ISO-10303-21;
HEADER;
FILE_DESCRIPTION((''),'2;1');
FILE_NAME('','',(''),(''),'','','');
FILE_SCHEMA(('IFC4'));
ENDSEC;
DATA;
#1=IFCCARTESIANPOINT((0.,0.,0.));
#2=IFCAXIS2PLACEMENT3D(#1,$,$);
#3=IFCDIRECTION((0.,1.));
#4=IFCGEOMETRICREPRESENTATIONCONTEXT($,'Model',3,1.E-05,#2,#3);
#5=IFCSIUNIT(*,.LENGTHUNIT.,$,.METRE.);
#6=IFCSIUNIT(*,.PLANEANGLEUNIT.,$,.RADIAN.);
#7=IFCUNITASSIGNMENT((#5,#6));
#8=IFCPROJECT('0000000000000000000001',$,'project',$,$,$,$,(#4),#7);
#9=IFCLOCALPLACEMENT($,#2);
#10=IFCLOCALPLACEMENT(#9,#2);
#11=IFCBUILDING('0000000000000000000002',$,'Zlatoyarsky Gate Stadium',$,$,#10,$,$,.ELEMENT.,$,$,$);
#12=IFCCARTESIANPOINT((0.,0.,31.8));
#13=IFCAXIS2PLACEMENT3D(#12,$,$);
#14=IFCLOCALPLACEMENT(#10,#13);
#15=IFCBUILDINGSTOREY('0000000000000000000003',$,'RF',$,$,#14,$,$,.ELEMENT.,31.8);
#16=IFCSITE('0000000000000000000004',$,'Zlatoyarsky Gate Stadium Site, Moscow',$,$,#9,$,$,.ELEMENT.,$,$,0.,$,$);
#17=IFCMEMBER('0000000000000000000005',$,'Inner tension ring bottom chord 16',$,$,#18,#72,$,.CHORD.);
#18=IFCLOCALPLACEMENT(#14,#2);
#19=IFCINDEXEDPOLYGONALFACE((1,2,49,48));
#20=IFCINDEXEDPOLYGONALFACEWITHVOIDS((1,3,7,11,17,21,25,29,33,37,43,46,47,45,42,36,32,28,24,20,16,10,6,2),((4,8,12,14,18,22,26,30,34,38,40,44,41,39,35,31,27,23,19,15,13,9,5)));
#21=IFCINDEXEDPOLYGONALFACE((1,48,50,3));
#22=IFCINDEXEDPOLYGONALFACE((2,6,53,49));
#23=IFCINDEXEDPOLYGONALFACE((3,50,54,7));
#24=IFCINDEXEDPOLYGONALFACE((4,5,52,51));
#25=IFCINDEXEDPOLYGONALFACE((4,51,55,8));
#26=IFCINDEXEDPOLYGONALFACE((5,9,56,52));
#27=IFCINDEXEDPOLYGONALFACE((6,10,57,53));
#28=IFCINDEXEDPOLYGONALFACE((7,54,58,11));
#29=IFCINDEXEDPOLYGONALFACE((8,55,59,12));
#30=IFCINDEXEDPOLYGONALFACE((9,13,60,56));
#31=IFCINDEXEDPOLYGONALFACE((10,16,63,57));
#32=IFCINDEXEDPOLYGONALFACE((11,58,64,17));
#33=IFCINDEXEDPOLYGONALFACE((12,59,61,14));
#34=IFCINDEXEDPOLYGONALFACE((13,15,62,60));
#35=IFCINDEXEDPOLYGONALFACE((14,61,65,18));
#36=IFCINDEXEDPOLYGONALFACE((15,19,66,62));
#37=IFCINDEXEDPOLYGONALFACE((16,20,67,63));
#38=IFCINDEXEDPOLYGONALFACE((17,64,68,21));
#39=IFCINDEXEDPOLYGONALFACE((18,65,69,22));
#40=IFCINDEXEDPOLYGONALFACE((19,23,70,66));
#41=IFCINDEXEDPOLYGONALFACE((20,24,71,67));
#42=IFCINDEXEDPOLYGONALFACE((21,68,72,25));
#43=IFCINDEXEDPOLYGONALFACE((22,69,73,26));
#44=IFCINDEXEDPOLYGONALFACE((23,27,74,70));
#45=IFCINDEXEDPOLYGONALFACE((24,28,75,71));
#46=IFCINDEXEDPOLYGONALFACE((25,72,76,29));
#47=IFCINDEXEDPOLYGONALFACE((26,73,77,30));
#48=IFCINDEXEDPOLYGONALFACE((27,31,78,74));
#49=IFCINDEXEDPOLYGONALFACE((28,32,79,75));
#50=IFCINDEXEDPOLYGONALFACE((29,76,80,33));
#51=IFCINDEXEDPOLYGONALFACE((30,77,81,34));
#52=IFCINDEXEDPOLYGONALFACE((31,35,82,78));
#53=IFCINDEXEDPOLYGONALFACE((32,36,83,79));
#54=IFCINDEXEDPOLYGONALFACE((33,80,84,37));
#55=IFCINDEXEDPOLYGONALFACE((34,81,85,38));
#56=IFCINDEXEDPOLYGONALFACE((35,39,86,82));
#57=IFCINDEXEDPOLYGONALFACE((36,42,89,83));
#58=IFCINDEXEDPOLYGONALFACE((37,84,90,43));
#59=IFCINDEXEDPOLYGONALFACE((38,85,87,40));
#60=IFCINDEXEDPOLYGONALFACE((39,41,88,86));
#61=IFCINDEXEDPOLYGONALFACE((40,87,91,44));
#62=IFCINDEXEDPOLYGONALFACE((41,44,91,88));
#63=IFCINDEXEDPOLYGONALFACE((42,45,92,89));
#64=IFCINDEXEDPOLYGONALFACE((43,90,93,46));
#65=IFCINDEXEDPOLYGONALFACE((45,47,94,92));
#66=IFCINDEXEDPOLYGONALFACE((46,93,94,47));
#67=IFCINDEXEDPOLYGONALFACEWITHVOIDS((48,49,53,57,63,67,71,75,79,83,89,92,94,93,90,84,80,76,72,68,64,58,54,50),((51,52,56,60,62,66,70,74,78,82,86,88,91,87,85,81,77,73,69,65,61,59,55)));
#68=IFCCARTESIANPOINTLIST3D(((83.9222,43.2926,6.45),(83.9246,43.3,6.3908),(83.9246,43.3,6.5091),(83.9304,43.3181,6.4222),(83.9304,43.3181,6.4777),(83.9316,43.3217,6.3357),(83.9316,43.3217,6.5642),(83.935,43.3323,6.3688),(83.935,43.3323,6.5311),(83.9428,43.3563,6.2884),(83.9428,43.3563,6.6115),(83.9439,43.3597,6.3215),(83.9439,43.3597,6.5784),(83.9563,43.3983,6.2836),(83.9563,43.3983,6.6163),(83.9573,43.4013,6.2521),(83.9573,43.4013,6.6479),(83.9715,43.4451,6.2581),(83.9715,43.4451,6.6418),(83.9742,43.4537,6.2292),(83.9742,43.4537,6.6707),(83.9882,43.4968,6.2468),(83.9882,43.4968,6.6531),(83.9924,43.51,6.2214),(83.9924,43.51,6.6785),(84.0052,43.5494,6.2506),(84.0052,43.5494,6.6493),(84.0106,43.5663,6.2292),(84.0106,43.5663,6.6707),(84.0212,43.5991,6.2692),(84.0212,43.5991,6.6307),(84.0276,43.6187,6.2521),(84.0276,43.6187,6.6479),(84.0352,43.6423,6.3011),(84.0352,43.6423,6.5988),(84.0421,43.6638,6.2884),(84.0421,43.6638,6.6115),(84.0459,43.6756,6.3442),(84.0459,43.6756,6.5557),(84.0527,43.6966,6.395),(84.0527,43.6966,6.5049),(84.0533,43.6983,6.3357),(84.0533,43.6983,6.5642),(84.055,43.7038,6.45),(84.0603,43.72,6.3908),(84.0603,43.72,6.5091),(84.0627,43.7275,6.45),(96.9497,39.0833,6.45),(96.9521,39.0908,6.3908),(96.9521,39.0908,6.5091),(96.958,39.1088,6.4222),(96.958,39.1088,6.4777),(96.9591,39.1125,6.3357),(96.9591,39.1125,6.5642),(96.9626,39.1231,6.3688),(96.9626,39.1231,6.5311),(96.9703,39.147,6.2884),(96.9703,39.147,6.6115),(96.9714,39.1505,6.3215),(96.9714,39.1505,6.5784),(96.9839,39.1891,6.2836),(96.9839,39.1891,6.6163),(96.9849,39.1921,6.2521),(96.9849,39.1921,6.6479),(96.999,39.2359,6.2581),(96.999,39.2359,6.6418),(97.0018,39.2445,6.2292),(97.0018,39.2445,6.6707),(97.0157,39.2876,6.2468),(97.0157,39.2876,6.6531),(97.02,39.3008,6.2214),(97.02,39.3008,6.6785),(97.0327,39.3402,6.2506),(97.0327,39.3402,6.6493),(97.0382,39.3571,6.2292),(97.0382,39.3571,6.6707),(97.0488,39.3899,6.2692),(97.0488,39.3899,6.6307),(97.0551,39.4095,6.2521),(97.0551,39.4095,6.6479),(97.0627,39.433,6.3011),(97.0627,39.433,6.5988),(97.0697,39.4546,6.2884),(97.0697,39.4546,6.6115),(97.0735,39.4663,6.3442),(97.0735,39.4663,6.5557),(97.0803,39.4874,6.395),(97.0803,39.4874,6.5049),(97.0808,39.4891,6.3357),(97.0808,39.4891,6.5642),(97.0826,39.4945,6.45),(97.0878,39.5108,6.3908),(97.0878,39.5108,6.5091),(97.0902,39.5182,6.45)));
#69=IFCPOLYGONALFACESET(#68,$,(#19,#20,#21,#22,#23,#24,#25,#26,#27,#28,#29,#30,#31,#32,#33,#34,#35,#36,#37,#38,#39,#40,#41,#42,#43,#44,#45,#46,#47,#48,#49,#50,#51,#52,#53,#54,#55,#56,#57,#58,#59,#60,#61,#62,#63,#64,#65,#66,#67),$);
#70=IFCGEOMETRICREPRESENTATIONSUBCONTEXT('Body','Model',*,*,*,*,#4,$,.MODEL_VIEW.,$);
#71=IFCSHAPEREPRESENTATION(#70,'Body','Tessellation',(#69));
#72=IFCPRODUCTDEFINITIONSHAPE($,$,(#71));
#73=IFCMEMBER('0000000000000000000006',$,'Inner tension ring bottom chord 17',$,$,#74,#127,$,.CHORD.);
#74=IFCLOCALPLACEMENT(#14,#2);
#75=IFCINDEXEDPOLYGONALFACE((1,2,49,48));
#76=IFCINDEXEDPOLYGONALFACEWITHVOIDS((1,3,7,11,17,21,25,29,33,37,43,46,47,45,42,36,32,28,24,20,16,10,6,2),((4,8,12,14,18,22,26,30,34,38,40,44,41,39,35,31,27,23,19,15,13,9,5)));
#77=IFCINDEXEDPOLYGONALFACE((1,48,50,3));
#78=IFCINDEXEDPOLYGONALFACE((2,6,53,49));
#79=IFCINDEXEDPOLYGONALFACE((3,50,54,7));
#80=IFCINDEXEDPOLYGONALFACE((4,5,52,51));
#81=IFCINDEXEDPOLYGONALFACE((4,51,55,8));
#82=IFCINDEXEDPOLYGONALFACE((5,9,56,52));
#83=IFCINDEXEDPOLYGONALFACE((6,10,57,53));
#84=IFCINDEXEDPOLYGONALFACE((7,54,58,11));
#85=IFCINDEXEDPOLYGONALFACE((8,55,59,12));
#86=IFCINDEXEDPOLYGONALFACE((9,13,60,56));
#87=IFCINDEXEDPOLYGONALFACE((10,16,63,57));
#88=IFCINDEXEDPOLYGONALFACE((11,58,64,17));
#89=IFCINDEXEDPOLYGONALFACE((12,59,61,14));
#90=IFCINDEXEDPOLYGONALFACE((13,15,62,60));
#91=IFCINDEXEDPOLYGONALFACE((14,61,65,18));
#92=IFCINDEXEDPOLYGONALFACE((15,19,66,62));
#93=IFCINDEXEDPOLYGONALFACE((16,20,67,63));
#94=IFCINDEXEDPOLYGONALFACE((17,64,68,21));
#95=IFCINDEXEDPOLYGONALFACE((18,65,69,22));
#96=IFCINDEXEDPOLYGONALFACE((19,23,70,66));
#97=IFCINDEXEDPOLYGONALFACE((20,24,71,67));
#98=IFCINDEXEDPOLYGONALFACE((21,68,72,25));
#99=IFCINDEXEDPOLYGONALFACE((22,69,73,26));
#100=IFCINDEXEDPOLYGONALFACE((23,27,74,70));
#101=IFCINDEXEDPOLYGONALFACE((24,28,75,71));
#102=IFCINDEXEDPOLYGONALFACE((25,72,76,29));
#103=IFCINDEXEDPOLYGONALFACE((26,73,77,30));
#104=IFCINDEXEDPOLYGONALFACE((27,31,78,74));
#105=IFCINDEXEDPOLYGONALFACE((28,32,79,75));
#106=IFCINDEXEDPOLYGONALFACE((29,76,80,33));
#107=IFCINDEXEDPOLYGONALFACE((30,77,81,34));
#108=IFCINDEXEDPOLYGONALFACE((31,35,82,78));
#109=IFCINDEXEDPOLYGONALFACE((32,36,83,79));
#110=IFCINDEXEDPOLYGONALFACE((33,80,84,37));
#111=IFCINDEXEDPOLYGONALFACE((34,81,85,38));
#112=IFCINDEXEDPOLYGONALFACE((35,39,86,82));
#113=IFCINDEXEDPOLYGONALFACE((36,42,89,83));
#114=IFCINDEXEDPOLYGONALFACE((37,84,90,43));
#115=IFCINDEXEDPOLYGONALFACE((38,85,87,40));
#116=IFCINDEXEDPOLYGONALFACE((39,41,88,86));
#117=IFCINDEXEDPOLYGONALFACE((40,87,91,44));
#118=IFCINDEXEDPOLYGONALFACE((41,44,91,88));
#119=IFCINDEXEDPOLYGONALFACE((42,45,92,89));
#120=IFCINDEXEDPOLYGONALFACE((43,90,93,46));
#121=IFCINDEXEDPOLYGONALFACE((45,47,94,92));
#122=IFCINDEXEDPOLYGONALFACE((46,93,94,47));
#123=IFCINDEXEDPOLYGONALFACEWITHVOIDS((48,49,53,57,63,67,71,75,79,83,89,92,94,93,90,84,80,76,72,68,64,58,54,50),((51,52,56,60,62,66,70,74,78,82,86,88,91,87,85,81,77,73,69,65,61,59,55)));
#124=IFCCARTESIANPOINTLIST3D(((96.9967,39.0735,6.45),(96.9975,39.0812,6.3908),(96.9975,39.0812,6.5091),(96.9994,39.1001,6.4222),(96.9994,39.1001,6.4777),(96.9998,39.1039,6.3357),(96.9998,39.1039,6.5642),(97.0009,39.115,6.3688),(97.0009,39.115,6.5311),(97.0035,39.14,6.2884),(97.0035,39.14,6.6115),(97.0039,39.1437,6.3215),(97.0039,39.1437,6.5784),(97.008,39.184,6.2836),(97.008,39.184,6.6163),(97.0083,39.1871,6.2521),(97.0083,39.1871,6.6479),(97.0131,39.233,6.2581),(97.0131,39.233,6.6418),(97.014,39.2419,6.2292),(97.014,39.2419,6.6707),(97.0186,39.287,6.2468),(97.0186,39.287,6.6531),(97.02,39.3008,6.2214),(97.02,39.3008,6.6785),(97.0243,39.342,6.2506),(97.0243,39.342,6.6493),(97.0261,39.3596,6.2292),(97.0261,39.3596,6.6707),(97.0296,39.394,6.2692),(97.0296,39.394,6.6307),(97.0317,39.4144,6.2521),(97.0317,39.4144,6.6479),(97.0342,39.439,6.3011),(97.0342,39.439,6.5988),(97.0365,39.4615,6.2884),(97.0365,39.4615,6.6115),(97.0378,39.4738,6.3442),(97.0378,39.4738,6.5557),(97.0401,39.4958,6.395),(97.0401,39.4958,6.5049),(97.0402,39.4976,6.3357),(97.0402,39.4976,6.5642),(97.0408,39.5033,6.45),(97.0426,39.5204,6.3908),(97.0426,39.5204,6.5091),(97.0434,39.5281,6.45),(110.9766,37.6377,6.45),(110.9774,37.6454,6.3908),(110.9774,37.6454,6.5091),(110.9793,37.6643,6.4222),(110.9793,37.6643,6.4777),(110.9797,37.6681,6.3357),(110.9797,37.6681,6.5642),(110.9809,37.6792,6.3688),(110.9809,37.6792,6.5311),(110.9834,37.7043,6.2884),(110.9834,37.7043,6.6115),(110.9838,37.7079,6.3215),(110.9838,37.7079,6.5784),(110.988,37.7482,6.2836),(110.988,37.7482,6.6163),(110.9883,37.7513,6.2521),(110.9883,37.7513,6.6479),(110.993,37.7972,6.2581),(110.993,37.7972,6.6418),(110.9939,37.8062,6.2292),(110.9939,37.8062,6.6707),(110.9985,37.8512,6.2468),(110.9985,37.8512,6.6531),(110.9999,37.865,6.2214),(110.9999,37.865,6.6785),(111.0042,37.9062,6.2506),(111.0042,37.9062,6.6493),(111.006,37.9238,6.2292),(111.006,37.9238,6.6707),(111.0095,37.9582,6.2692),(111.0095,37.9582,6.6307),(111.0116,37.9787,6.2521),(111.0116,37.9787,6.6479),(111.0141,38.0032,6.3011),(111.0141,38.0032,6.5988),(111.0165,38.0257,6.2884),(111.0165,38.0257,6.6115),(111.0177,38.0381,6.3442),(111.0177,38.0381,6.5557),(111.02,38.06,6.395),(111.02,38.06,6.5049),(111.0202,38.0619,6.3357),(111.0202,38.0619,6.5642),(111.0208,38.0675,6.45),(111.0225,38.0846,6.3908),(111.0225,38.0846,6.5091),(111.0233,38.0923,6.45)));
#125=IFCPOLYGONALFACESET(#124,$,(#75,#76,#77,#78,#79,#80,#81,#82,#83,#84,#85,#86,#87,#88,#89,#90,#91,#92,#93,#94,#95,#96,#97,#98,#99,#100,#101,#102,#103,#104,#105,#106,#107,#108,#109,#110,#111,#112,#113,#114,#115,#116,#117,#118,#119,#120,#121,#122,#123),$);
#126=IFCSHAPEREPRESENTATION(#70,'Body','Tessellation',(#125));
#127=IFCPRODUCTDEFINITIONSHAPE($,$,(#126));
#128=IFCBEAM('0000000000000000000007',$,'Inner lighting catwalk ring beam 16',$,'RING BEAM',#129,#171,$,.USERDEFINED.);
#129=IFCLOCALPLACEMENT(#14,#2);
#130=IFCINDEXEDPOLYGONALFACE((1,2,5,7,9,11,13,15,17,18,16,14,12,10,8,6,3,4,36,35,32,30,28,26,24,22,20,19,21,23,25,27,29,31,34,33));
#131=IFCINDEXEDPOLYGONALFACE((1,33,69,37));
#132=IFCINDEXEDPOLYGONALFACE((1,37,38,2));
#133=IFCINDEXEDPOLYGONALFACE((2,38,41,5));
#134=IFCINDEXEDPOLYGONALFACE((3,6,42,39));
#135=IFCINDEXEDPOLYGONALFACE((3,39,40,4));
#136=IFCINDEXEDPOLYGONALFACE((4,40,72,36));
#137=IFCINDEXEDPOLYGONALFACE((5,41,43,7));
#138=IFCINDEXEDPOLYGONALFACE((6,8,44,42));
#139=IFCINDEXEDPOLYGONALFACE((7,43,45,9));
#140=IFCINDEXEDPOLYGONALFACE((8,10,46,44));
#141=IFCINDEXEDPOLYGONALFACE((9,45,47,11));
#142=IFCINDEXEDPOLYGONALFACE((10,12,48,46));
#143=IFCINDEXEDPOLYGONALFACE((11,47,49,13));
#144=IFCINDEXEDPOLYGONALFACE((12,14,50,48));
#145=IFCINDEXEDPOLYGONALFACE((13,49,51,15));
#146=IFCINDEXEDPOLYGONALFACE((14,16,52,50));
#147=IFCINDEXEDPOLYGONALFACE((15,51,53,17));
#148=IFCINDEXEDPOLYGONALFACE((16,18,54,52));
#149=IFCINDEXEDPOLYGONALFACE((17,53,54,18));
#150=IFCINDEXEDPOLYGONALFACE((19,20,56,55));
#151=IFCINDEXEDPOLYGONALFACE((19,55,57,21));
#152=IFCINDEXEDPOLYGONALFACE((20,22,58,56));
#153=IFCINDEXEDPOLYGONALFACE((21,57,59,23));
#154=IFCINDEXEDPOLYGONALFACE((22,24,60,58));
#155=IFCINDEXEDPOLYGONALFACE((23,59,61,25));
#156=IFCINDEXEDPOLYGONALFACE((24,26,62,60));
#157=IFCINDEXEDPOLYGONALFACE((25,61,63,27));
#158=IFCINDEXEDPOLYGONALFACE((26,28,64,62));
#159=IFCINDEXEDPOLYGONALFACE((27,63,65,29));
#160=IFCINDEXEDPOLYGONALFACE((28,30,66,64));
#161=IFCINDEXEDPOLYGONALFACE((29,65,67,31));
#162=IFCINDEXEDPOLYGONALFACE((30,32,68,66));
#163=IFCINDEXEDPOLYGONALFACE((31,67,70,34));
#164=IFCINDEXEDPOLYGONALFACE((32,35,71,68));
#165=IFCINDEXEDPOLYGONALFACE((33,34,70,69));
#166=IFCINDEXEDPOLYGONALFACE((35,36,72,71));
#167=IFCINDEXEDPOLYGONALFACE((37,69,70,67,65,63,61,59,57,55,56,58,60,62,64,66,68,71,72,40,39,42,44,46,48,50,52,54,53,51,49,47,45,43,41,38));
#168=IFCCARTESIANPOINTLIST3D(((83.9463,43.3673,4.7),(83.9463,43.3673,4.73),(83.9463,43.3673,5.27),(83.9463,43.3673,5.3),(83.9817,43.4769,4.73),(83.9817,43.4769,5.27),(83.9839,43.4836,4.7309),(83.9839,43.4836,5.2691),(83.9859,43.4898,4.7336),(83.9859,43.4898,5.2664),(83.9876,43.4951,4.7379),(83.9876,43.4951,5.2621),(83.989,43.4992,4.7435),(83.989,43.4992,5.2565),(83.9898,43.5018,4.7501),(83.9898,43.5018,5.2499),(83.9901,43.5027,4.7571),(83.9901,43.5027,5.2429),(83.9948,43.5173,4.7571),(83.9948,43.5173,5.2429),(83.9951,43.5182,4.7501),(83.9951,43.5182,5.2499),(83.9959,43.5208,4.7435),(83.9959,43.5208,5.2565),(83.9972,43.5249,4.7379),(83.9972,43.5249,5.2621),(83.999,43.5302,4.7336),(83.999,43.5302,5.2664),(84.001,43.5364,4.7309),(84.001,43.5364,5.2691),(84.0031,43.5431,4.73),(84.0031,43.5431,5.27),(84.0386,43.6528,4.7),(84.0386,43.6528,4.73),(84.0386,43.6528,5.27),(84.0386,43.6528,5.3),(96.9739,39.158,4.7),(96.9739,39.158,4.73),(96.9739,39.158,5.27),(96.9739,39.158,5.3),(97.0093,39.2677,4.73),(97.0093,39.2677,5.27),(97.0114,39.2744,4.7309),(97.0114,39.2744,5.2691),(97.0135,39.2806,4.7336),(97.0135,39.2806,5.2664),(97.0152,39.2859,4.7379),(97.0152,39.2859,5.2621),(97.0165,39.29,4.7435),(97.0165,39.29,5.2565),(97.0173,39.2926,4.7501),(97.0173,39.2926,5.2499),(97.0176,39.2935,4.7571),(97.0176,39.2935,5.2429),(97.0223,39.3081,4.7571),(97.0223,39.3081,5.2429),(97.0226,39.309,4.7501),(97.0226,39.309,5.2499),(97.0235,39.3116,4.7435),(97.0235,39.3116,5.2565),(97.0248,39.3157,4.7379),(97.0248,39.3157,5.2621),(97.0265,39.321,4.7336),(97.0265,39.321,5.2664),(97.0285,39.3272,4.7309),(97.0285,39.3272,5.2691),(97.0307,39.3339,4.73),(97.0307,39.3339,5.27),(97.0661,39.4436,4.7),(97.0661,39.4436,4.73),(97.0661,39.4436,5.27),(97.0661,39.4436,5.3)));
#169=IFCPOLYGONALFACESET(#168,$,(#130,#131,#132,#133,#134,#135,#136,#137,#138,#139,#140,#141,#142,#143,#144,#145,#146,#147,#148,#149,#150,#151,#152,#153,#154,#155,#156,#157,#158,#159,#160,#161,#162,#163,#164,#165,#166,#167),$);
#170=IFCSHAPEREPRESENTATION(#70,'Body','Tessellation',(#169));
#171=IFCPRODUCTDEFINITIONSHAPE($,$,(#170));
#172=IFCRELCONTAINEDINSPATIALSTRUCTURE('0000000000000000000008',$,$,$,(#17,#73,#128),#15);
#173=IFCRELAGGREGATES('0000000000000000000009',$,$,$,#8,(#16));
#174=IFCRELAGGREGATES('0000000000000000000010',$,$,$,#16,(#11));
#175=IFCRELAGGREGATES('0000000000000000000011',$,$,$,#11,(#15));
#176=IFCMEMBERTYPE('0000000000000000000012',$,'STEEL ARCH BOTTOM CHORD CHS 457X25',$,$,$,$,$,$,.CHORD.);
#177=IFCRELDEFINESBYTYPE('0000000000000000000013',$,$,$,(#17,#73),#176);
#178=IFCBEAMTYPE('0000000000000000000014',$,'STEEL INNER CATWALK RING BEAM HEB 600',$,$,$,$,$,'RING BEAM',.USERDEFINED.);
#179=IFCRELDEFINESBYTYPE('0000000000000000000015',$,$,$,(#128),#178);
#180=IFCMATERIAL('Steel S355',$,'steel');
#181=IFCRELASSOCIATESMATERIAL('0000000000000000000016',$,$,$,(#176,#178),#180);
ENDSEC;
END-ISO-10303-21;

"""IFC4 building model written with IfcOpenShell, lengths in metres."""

from ifc_helpers import new_model, si_unit, direction, frame, origin, origin_2d, place, context, subcontext, project, spatial, hollow_circle, i_section, extrude, material, material_profile, profile_set, type_object, element, save


model = new_model("IFC4")

# Units and contexts
model_context = context("Model", 3, precision=1e-05, world=origin(), true_north=direction((0.0, 1.0)))
body_context = subcontext(model_context, "Body", "Model", "MODEL_VIEW")
ifc_project = project(units=[si_unit("LENGTHUNIT", "METRE"), si_unit("PLANEANGLEUNIT", "RADIAN")], contexts=[model_context])

# Site, building, storey
site_placement = place(None, origin())
site = spatial("IfcSite", under=ifc_project, at=site_placement, Name="Zlatoyarsky Gate Stadium Site, Moscow", CompositionType="ELEMENT", RefElevation=0.0)
building_placement = place(site_placement, origin())
building = spatial("IfcBuilding", under=site, at=building_placement, Name="Zlatoyarsky Gate Stadium", CompositionType="ELEMENT")
storey_placement = place(building_placement, frame((0.0, 0.0, 31.8)))
storey = spatial("IfcBuildingStorey", under=building, at=storey_placement, Name="RF", CompositionType="ELEMENT", Elevation=31.8)

# Members
ifc_material_1 = material(Name="Steel S355", Category="steel")
ifc_material_profile_1 = material_profile(ifc_material_1, hollow_circle(Radius=0.2285, WallThickness=0.0249, at=origin_2d()), Name="CHS 457X25")
ifc_profile_set_1 = profile_set([ifc_material_profile_1], Name="Steel S355")
member_type_1 = type_object("IfcMemberType", Name="STEEL ARCH BOTTOM CHORD CHS 457X25", PredefinedType="CHORD", material=ifc_profile_set_1)
member_1_placement = place(storey_placement, frame((83.9924, 43.51, 6.45), z_axis=(0.951564, -0.307451, 0.0), x_axis=(0.307451, 0.951564, 0.0)))
element("IfcMember", 1, at=member_1_placement, inside=storey, type_object=member_type_1, Name="Inner tension ring bottom chord 16", PredefinedType="CHORD", context=body_context, shape_type="SweptSolid", body=[
    extrude(hollow_circle(Radius=0.2285, WallThickness=0.0249, at=origin_2d()), origin(), (0.0, 0.0, 1.0), 13.6907),
])
member_2_placement = place(storey_placement, frame((97.02, 39.3008, 6.45), z_axis=(0.994767, -0.102166, 0.0), x_axis=(0.102166, 0.994767, 0.0)))
element("IfcMember", 2, at=member_2_placement, inside=storey, type_object=member_type_1, Name="Inner tension ring bottom chord 17", PredefinedType="CHORD", context=body_context, shape_type="SweptSolid", body=[
    extrude(hollow_circle(Radius=0.2285, WallThickness=0.0249, at=origin_2d()), origin(), (0.0, 0.0, 1.0), 14.0535),
])

# Beam
ifc_material_profile_2 = material_profile(ifc_material_1, i_section(OverallWidth=0.3, OverallDepth=0.6001, WebThickness=0.0154, FlangeThickness=0.03, FilletRadius=0.0271, at=origin_2d()), Name="HEB 600")
ifc_profile_set_2 = profile_set([ifc_material_profile_2], Name="Steel S355")
beam_type = type_object("IfcBeamType", Name="STEEL INNER CATWALK RING BEAM HEB 600", ElementType="RING BEAM", PredefinedType="USERDEFINED", material=ifc_profile_set_2)
beam_1_placement = place(storey_placement, frame((83.9924, 43.51, 5.0), z_axis=(0.951564, -0.307451, 0.0), x_axis=(0.307451, 0.951564, 0.0)))
element("IfcBeam", 3, at=beam_1_placement, inside=storey, type_object=beam_type, Name="Inner lighting catwalk ring beam 16", ObjectType="RING BEAM", PredefinedType="USERDEFINED", context=body_context, shape_type="SweptSolid", body=[
    extrude(i_section(OverallWidth=0.3, OverallDepth=0.6001, WebThickness=0.0154, FlangeThickness=0.03, FilletRadius=0.0271, at=origin_2d()), origin(), (0.0, 0.0, 1.0), 13.6907),
])

save(model, "model.ifc")
